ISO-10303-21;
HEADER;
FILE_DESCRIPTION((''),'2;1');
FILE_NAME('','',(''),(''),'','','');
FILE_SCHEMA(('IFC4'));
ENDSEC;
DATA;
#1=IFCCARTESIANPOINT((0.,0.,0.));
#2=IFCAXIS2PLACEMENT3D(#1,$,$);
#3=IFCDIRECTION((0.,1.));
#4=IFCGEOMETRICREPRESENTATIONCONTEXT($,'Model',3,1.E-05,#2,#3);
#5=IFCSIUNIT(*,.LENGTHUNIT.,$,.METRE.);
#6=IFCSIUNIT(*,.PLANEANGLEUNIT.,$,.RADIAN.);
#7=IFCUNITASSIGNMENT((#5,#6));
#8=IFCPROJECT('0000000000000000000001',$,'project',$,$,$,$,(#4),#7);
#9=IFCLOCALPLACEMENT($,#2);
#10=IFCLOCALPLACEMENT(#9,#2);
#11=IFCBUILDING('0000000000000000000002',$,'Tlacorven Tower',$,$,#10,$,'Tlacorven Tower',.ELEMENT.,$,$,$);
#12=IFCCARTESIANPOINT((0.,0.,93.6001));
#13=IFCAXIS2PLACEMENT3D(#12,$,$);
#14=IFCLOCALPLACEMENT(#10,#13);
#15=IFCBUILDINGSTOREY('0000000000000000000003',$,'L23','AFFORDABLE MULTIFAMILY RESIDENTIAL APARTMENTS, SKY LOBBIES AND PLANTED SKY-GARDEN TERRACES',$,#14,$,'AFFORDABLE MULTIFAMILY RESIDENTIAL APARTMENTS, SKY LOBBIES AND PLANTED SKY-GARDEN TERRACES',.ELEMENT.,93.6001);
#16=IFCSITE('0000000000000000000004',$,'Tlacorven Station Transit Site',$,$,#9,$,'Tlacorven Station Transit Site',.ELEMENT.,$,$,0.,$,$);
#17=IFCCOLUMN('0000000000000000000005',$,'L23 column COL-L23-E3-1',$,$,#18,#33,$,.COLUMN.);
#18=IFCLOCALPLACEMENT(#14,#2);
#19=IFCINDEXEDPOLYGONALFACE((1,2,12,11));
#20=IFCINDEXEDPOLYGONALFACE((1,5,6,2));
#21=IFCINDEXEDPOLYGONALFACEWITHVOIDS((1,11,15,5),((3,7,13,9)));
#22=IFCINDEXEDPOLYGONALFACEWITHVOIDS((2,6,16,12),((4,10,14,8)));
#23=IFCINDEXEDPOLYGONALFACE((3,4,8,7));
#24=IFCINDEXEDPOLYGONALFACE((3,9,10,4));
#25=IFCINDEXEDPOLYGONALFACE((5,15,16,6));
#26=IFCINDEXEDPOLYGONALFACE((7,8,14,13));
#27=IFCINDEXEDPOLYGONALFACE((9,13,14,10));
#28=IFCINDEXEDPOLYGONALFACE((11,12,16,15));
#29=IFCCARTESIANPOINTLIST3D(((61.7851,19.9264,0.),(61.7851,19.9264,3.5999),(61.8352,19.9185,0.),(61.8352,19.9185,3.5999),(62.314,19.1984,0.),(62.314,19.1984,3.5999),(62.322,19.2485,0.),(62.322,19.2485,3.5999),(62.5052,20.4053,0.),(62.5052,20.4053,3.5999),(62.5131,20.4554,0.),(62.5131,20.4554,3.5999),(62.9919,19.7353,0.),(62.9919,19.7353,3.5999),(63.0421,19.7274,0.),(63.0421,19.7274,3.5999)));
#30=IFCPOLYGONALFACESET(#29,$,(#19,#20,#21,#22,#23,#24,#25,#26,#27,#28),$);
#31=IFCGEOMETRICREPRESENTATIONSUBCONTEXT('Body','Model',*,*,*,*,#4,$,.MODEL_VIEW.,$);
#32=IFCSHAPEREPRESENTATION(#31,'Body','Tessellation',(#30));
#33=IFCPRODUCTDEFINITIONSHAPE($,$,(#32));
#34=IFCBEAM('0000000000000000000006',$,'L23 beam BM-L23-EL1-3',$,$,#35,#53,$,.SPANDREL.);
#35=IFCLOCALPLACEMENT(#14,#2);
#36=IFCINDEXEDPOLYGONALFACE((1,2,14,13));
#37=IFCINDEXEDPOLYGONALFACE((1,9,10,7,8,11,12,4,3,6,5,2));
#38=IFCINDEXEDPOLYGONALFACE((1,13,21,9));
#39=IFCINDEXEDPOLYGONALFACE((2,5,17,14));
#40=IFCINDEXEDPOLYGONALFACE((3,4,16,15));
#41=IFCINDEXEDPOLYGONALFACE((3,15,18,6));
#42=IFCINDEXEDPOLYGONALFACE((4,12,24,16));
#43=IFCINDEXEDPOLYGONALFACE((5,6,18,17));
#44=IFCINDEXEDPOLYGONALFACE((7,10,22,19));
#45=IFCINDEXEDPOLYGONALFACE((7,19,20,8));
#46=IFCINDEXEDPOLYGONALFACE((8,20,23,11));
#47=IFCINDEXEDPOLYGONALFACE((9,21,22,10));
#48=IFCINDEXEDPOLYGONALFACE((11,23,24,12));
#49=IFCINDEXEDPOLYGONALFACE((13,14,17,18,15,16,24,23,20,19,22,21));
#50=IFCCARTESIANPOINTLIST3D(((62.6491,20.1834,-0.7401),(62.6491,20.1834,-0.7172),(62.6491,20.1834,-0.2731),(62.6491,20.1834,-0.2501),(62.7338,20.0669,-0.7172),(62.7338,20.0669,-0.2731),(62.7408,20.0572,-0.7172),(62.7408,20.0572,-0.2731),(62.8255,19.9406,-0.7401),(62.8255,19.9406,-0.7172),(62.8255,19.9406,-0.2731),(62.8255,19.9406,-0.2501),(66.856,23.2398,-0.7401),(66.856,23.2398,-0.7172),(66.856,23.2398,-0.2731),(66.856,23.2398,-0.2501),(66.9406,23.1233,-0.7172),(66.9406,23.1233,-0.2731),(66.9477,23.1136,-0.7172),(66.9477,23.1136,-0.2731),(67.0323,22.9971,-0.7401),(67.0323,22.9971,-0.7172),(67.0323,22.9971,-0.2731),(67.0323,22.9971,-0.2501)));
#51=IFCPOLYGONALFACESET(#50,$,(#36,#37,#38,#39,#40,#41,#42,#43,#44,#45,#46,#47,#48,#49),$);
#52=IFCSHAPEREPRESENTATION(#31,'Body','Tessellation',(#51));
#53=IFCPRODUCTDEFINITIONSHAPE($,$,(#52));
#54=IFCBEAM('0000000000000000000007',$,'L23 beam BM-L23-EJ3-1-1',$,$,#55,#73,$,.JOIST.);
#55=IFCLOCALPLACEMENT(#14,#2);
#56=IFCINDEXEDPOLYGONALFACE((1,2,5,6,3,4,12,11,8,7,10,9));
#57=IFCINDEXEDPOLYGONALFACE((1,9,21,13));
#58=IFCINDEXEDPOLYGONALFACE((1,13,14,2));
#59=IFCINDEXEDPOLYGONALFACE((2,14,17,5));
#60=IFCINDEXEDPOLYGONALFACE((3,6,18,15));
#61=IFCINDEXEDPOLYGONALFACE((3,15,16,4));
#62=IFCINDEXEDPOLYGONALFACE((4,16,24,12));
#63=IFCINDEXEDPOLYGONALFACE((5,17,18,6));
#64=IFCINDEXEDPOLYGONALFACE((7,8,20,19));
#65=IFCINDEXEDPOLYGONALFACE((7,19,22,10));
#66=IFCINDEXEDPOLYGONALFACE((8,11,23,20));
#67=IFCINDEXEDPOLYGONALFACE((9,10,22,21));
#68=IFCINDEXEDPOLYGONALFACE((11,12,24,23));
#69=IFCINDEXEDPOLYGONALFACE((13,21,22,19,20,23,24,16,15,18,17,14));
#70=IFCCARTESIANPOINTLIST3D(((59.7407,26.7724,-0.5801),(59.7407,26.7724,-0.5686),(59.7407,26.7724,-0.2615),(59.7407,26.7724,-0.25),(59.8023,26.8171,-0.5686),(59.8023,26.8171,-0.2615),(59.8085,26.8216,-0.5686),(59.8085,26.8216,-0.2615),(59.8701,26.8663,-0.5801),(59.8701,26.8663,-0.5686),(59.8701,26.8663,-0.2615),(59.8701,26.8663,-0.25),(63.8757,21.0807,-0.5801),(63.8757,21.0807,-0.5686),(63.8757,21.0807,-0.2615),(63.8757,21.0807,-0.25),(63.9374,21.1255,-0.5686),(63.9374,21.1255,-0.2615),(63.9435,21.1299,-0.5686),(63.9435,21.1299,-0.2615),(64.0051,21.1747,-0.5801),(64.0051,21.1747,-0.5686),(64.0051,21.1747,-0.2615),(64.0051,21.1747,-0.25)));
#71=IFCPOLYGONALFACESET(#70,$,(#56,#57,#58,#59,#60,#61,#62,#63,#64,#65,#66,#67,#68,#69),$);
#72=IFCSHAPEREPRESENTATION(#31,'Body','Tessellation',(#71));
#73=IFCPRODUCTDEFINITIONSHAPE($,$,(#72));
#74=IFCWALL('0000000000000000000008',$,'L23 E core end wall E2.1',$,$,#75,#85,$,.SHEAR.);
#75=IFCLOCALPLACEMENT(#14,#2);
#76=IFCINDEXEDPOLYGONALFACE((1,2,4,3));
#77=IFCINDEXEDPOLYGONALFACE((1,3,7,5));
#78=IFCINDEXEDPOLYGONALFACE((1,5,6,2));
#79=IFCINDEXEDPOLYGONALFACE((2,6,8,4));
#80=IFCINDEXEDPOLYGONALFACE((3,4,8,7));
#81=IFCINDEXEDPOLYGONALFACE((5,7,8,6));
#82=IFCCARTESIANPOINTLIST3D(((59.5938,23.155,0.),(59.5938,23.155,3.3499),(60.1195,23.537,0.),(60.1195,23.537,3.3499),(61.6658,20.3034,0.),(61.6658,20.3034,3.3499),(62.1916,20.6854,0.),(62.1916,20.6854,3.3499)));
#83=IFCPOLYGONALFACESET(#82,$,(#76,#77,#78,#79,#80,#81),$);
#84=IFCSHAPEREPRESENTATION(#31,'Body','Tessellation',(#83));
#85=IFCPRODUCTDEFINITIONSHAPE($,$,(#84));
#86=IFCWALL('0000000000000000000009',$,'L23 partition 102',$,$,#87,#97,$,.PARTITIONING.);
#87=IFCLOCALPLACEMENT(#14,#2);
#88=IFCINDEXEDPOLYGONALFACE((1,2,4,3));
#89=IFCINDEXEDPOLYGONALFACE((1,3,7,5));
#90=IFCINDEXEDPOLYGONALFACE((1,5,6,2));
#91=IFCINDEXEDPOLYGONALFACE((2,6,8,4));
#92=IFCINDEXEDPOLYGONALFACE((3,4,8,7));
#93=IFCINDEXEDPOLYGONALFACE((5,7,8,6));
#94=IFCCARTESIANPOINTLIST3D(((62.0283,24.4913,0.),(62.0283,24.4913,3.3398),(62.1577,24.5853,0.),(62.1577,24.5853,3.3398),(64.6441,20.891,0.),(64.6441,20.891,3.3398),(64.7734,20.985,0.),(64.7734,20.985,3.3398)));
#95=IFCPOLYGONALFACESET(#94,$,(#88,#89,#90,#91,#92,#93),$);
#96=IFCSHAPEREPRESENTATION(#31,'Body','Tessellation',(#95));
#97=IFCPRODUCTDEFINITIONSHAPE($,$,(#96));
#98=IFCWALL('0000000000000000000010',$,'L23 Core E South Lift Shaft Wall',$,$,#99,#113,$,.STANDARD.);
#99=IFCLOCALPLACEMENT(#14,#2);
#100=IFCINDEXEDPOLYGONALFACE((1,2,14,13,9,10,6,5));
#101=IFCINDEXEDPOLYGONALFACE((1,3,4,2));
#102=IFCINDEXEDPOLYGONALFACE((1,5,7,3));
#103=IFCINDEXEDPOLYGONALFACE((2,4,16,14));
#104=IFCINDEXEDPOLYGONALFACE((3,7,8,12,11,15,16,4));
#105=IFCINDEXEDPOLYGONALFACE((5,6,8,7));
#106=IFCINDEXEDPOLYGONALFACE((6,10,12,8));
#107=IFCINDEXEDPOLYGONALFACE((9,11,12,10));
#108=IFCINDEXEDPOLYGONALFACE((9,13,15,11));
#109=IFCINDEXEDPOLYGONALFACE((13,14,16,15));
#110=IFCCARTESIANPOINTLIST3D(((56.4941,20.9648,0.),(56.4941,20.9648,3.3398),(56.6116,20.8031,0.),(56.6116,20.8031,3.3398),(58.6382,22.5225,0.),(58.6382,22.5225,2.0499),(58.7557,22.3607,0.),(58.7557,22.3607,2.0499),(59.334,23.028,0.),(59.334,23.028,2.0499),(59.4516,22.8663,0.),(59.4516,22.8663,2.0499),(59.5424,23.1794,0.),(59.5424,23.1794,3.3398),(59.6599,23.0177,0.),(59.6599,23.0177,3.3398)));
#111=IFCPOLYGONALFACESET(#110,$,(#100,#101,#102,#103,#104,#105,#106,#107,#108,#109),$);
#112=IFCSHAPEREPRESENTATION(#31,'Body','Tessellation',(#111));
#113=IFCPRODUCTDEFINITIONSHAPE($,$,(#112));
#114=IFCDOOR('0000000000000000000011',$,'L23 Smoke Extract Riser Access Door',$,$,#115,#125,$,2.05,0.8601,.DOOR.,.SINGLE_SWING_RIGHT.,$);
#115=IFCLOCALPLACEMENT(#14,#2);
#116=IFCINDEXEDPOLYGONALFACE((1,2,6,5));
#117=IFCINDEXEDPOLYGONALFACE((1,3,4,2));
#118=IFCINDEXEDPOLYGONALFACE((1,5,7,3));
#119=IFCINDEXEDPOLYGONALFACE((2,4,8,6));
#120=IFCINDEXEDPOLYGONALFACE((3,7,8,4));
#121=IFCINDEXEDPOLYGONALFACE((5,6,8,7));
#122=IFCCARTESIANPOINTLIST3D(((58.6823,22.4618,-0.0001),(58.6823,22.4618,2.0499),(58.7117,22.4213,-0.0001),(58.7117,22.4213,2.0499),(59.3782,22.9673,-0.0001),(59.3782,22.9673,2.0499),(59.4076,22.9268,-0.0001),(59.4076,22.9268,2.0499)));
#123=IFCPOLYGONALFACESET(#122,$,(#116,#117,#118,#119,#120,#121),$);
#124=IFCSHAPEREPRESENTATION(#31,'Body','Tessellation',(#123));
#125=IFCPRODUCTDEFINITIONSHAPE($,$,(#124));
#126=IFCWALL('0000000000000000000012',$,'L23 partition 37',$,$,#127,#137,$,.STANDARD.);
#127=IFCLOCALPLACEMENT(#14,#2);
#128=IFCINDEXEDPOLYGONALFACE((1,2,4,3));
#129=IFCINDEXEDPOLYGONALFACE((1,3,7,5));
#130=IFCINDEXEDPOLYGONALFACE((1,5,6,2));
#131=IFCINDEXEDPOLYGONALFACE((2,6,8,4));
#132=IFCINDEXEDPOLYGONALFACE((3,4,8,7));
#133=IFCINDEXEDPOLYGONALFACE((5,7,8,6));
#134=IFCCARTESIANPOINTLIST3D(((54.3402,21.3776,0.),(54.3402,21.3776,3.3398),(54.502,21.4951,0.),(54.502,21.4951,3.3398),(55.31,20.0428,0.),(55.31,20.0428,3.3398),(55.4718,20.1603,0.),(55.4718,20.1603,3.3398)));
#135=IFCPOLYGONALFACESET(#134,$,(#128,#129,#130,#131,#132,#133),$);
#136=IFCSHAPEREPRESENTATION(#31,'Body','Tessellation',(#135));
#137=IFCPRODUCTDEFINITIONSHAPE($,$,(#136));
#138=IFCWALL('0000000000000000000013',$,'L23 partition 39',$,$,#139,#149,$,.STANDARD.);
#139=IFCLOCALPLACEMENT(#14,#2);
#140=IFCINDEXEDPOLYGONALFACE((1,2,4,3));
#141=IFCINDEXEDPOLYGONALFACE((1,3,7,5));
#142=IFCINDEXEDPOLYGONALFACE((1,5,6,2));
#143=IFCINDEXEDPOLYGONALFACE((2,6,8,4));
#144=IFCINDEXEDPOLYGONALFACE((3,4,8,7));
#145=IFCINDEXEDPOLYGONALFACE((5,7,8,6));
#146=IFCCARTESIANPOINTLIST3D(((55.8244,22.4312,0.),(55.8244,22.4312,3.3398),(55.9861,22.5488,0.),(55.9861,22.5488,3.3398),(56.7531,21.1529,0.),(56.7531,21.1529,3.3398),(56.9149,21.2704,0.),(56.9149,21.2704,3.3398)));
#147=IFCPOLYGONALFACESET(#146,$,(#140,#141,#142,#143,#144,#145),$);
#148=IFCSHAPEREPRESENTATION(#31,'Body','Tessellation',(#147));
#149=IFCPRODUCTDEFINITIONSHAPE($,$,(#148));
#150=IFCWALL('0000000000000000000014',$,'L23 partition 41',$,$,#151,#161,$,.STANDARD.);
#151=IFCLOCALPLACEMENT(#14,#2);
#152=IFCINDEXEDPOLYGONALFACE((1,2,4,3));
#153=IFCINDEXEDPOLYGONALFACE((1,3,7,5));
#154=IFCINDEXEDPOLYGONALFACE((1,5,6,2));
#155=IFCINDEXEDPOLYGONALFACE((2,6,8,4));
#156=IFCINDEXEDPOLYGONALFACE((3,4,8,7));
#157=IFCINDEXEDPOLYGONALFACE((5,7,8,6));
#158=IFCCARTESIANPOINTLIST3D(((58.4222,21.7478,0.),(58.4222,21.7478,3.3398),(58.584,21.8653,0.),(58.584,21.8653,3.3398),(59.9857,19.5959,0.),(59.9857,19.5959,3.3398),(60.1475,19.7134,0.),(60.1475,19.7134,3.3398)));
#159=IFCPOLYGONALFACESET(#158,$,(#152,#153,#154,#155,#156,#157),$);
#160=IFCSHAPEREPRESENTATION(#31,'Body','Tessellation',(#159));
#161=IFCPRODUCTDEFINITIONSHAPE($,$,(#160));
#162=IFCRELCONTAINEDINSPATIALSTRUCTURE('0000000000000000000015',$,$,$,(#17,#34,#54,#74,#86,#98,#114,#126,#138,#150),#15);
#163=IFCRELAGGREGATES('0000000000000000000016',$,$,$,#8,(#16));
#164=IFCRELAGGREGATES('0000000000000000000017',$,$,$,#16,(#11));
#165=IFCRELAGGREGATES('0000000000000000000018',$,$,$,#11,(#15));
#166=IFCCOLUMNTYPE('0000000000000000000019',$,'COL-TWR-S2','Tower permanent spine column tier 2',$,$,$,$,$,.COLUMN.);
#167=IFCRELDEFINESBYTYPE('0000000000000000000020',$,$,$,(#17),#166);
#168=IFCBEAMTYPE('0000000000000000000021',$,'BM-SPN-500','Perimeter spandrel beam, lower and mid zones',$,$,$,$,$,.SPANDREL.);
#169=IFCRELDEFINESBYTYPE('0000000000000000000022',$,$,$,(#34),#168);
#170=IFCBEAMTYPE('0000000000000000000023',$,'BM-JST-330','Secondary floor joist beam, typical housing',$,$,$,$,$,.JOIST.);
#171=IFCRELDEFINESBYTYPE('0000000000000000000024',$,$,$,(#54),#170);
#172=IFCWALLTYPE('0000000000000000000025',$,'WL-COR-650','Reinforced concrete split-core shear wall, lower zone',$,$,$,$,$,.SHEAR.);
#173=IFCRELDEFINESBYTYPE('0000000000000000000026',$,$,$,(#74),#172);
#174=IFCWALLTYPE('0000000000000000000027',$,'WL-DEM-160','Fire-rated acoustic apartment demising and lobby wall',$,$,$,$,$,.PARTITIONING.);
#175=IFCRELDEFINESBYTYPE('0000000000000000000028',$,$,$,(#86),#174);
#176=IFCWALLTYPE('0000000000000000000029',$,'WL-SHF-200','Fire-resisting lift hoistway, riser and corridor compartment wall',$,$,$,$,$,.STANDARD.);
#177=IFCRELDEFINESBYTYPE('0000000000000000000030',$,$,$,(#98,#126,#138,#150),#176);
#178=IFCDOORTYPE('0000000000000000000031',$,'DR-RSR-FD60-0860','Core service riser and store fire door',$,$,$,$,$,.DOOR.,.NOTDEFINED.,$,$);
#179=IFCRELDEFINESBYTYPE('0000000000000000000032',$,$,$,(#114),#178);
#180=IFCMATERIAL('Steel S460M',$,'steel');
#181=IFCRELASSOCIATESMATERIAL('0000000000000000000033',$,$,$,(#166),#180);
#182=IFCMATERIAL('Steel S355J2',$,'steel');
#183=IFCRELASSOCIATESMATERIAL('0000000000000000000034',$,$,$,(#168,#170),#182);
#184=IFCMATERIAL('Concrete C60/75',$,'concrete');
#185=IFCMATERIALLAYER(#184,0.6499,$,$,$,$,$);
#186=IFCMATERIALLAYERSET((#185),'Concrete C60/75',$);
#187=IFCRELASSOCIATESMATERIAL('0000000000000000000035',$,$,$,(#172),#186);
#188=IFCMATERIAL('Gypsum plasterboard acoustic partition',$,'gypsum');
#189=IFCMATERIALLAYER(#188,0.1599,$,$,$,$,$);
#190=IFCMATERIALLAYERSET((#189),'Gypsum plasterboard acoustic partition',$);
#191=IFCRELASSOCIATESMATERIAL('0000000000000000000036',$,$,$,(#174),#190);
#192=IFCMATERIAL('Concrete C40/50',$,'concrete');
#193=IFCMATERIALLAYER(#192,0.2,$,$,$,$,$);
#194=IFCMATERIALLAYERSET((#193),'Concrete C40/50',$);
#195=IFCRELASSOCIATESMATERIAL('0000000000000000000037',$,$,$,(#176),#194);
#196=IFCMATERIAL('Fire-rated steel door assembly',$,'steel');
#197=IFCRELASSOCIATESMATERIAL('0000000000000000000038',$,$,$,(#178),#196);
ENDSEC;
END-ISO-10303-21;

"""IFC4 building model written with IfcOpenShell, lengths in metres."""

from ifc_helpers import new_model, si_unit, direction, frame, frame_2d, origin, origin_2d, place, context, subcontext, project, spatial, rectangle, hollow_rectangle, i_section, extrude, source, transform, mapped, material, layer, layer_set, material_profile, profile_set, type_object, element, fill, save


model = new_model("IFC4")

# Units and contexts
model_context = context("Model", 3, precision=1e-05, world=origin(), true_north=direction((0.0, 1.0)))
body_context = subcontext(model_context, "Body", "Model", "MODEL_VIEW")
ifc_project = project(units=[si_unit("LENGTHUNIT", "METRE"), si_unit("PLANEANGLEUNIT", "RADIAN")], contexts=[model_context])

# Site, building, storey
site_placement = place(None, origin())
site = spatial("IfcSite", under=ifc_project, at=site_placement, Name="Tlacorven Station Transit Site", LongName="Tlacorven Station Transit Site", CompositionType="ELEMENT", RefElevation=0.0)
building_placement = place(site_placement, origin())
building = spatial("IfcBuilding", under=site, at=building_placement, Name="Tlacorven Tower", LongName="Tlacorven Tower", CompositionType="ELEMENT")
storey_placement = place(building_placement, frame((0.0, 0.0, 93.6001)))
storey = spatial("IfcBuildingStorey", under=building, at=storey_placement, Name="L23", Description="AFFORDABLE MULTIFAMILY RESIDENTIAL APARTMENTS, SKY LOBBIES AND PLANTED SKY-GARDEN TERRACES", LongName="AFFORDABLE MULTIFAMILY RESIDENTIAL APARTMENTS, SKY LOBBIES AND PLANTED SKY-GARDEN TERRACES", CompositionType="ELEMENT", Elevation=93.6001)

# Column
ifc_material_1 = material(Name="Steel S460M", Category="steel")
ifc_material_profile_1 = material_profile(ifc_material_1, hollow_rectangle(XDim=0.8999, YDim=0.8999, WallThickness=0.0359, at=origin_2d()), Name="BOX 900X900X36")
ifc_profile_set_1 = profile_set([ifc_material_profile_1], Name="Steel S460M")
column_type = type_object("IfcColumnType", Name="COL-TWR-S2", Description="Tower permanent spine column tier 2", PredefinedType="COLUMN", material=ifc_profile_set_1)
shared_shape_1 = source(origin(), body_context, "Body", "SweptSolid", [
    extrude(hollow_rectangle(XDim=0.8999, YDim=0.8999, WallThickness=0.0359, at=origin_2d()), origin(), (0.0, 0.0, 1.0), 3.5999),
])
column_placement = place(storey_placement, frame((62.4136, 19.8269, 0.0), z_axis=(0.0, 0.0, 1.0), x_axis=(0.809017, 0.587785, 0.0)))
element("IfcColumn", 1, at=column_placement, inside=storey, type_object=column_type, Name="L23 column COL-L23-E3-1", PredefinedType="COLUMN", context=body_context, shape_type="MappedRepresentation", body=[
    mapped(shared_shape_1, transform((0.0, 0.0, 0.0), scale=1.0)),
])

# Beams
ifc_material_2 = material(Name="Steel S355J2", Category="steel")
ifc_material_profile_2 = material_profile(ifc_material_2, i_section(OverallWidth=0.3, OverallDepth=0.49, WebThickness=0.012, FlangeThickness=0.0229, at=origin_2d()), Name="HEA 500")
ifc_profile_set_2 = profile_set([ifc_material_profile_2], Name="Steel S355J2")
beam_type_1 = type_object("IfcBeamType", Name="BM-SPN-500", Description="Perimeter spandrel beam, lower and mid zones", PredefinedType="SPANDREL", material=ifc_profile_set_2)
shared_shape_2 = source(origin(), body_context, "Body", "SweptSolid", [
    extrude(i_section(OverallWidth=0.3, OverallDepth=0.49, WebThickness=0.012, FlangeThickness=0.0229, at=origin_2d()), origin(), (0.0, 0.0, 1.0), 5.2),
])
beam_1_placement = place(storey_placement, frame((62.7373, 20.062, -0.4951), z_axis=(0.809018, 0.587784, 0.0), x_axis=(-0.587784, 0.809018, 0.0)))
element("IfcBeam", 2, at=beam_1_placement, inside=storey, type_object=beam_type_1, Name="L23 beam BM-L23-EL1-3", PredefinedType="SPANDREL", context=body_context, shape_type="MappedRepresentation", body=[
    mapped(shared_shape_2, transform((0.0, 0.0, 0.0), scale=1.0)),
])
ifc_material_profile_3 = material_profile(ifc_material_2, i_section(OverallWidth=0.1599, OverallDepth=0.3301, WebThickness=0.0076, FlangeThickness=0.0115, at=origin_2d()), Name="IPE 330")
ifc_profile_set_3 = profile_set([ifc_material_profile_3], Name="Steel S355J2")
beam_type_2 = type_object("IfcBeamType", Name="BM-JST-330", Description="Secondary floor joist beam, typical housing", PredefinedType="JOIST", material=ifc_profile_set_3)
shared_shape_3 = source(origin(), body_context, "Body", "SweptSolid", [
    extrude(i_section(OverallWidth=0.1599, OverallDepth=0.3301, WebThickness=0.0076, FlangeThickness=0.0115, at=origin_2d()), origin(), (0.0, 0.0, 1.0), 7.0352),
])
beam_2_placement = place(storey_placement, frame((63.9404, 21.1277, -0.415), z_axis=(-0.587765, 0.809032, 0.0), x_axis=(-0.809032, -0.587765, 0.0)))
element("IfcBeam", 3, at=beam_2_placement, inside=storey, type_object=beam_type_2, Name="L23 beam BM-L23-EJ3-1-1", PredefinedType="JOIST", context=body_context, shape_type="MappedRepresentation", body=[
    mapped(shared_shape_3, transform((0.0, 0.0, 0.0), scale=1.0)),
])

# Walls
ifc_material_3 = material(Name="Concrete C60/75", Category="concrete")
ifc_layer_1 = layer(ifc_material_3, 0.6499)
ifc_layer_set_1 = layer_set([ifc_layer_1], Name="Concrete C60/75")
wall_type_1 = type_object("IfcWallType", Name="WL-COR-650", Description="Reinforced concrete split-core shear wall, lower zone", PredefinedType="SHEAR", material=ifc_layer_set_1)
wall_1_placement = place(storey_placement, frame((61.9287, 20.4944, 0.0), z_axis=(0.0, 0.0, 1.0), x_axis=(-0.58783, 0.808985, 0.0)))
element("IfcWall", 4, at=wall_1_placement, inside=storey, type_object=wall_type_1, Name="L23 E core end wall E2.1", PredefinedType="SHEAR", context=body_context, shape_type="SweptSolid", body=[
    extrude(rectangle(XDim=3.5249, YDim=0.6499, at=frame_2d((1.7625, 0.0))), origin(), (0.0, 0.0, 1.0), 3.3499),
])
ifc_material_4 = material(Name="Gypsum plasterboard acoustic partition", Category="gypsum")
ifc_layer_2 = layer(ifc_material_4, 0.1599)
ifc_layer_set_2 = layer_set([ifc_layer_2], Name="Gypsum plasterboard acoustic partition")
wall_type_2 = type_object("IfcWallType", Name="WL-DEM-160", Description="Fire-rated acoustic apartment demising and lobby wall", PredefinedType="PARTITIONING", material=ifc_layer_set_2)
wall_2_placement = place(storey_placement, frame((64.7087, 20.938, 0.0), z_axis=(0.0, 0.0, 1.0), x_axis=(-0.587774, 0.809025, 0.0)))
element("IfcWall", 5, at=wall_2_placement, inside=storey, type_object=wall_type_2, Name="L23 partition 102", PredefinedType="PARTITIONING", context=body_context, shape_type="SweptSolid", body=[
    extrude(rectangle(XDim=4.4502, YDim=0.1599, at=frame_2d((2.2251, 0.0))), origin(), (0.0, 0.0, 1.0), 3.3398),
])

# Wall, opening, door
ifc_material_5 = material(Name="Concrete C40/50", Category="concrete")
ifc_layer_3 = layer(ifc_material_5, 0.2)
ifc_layer_set_3 = layer_set([ifc_layer_3], Name="Concrete C40/50")
wall_type_3 = type_object("IfcWallType", Name="WL-SHF-200", Description="Fire-resisting lift hoistway, riser and corridor compartment wall", PredefinedType="STANDARD", material=ifc_layer_set_3)
wall_3_placement = place(storey_placement, frame((56.553, 20.884, 0.0), z_axis=(0.0, 0.0, 1.0), x_axis=(0.809036, 0.587759, 0.0)))
wall_3 = element("IfcWall", 6, at=wall_3_placement, inside=storey, type_object=wall_type_3, Name="L23 Core E South Lift Shaft Wall", PredefinedType="STANDARD", context=body_context, shape_type="SweptSolid", body=[
    extrude(rectangle(XDim=3.7678, YDim=0.2, at=frame_2d((1.8838, 0.0))), origin(), (0.0, 0.0, 1.0), 3.3398),
])
opening_1_placement = place(wall_3_placement, frame((2.6499, 0.0, 0.0)))
opening_1 = element("IfcOpeningElement", 7, at=opening_1_placement, cuts=wall_3, PredefinedType="OPENING", context=body_context, shape_type="SweptSolid", body=[
    extrude(rectangle(XDim=0.8601, YDim=2.05, at=frame_2d((0.4302, 1.0249))), frame((0.0, 0.1099, 0.0), z_axis=(0.0, -1.0, 0.0), x_axis=(1.0, 0.0, 0.0)), (0.0, 0.0, 1.0), 0.22),
])
ifc_material_6 = material(Name="Fire-rated steel door assembly", Category="steel")
door_type_1 = type_object("IfcDoorType", Name="DR-RSR-FD60-0860", Description="Core service riser and store fire door", OperationType="NOTDEFINED", PredefinedType="DOOR", material=ifc_material_6)
shared_shape_4 = source(origin(), body_context, "Body", "SweptSolid", [
    extrude(rectangle(XDim=0.8601, YDim=2.05, at=frame_2d((0.4302, 1.0249))), frame((0.0, 0.0249, 0.0), z_axis=(0.0, -1.0, 0.0), x_axis=(1.0, 0.0, 0.0)), (0.0, 0.0, 1.0), 0.05),
])
door_1_placement = place(opening_1_placement, origin())
door_1 = element("IfcDoor", 8, at=door_1_placement, inside=storey, type_object=door_type_1, Name="L23 Smoke Extract Riser Access Door", OperationType="SINGLE_SWING_RIGHT", OverallHeight=2.05, OverallWidth=0.8601, PredefinedType="DOOR", context=body_context, shape_type="MappedRepresentation", body=[
    mapped(shared_shape_4, transform((0.0, 0.0, 0.0), scale=1.0)),
])
fill(opening_1, door_1)

# Walls
wall_4_placement = place(storey_placement, frame((55.3909, 20.1016, 0.0), z_axis=(0.0, 0.0, 1.0), x_axis=(-0.587784, 0.809018, 0.0)))
element("IfcWall", 9, at=wall_4_placement, inside=storey, type_object=wall_type_3, Name="L23 partition 37", PredefinedType="STANDARD", context=body_context, shape_type="SweptSolid", body=[
    extrude(rectangle(XDim=1.6499, YDim=0.2, at=frame_2d((0.825, 0.0))), origin(), (0.0, 0.0, 1.0), 3.3398),
])
wall_5_placement = place(storey_placement, frame((56.834, 21.2117, 0.0), z_axis=(0.0, 0.0, 1.0), x_axis=(-0.587767, 0.80903, 0.0)))
element("IfcWall", 10, at=wall_5_placement, inside=storey, type_object=wall_type_3, Name="L23 partition 39", PredefinedType="STANDARD", context=body_context, shape_type="SweptSolid", body=[
    extrude(rectangle(XDim=1.5801, YDim=0.2, at=frame_2d((0.79, 0.0))), origin(), (0.0, 0.0, 1.0), 3.3398),
])
wall_6_placement = place(storey_placement, frame((60.0667, 19.6545, 0.0), z_axis=(0.0, 0.0, 1.0), x_axis=(-0.587801, 0.809006, 0.0)))
element("IfcWall", 11, at=wall_6_placement, inside=storey, type_object=wall_type_3, Name="L23 partition 41", PredefinedType="STANDARD", context=body_context, shape_type="SweptSolid", body=[
    extrude(rectangle(XDim=2.6599, YDim=0.2, at=frame_2d((1.3301, 0.0))), origin(), (0.0, 0.0, 1.0), 3.3398),
])

save(model, "model.ifc")
